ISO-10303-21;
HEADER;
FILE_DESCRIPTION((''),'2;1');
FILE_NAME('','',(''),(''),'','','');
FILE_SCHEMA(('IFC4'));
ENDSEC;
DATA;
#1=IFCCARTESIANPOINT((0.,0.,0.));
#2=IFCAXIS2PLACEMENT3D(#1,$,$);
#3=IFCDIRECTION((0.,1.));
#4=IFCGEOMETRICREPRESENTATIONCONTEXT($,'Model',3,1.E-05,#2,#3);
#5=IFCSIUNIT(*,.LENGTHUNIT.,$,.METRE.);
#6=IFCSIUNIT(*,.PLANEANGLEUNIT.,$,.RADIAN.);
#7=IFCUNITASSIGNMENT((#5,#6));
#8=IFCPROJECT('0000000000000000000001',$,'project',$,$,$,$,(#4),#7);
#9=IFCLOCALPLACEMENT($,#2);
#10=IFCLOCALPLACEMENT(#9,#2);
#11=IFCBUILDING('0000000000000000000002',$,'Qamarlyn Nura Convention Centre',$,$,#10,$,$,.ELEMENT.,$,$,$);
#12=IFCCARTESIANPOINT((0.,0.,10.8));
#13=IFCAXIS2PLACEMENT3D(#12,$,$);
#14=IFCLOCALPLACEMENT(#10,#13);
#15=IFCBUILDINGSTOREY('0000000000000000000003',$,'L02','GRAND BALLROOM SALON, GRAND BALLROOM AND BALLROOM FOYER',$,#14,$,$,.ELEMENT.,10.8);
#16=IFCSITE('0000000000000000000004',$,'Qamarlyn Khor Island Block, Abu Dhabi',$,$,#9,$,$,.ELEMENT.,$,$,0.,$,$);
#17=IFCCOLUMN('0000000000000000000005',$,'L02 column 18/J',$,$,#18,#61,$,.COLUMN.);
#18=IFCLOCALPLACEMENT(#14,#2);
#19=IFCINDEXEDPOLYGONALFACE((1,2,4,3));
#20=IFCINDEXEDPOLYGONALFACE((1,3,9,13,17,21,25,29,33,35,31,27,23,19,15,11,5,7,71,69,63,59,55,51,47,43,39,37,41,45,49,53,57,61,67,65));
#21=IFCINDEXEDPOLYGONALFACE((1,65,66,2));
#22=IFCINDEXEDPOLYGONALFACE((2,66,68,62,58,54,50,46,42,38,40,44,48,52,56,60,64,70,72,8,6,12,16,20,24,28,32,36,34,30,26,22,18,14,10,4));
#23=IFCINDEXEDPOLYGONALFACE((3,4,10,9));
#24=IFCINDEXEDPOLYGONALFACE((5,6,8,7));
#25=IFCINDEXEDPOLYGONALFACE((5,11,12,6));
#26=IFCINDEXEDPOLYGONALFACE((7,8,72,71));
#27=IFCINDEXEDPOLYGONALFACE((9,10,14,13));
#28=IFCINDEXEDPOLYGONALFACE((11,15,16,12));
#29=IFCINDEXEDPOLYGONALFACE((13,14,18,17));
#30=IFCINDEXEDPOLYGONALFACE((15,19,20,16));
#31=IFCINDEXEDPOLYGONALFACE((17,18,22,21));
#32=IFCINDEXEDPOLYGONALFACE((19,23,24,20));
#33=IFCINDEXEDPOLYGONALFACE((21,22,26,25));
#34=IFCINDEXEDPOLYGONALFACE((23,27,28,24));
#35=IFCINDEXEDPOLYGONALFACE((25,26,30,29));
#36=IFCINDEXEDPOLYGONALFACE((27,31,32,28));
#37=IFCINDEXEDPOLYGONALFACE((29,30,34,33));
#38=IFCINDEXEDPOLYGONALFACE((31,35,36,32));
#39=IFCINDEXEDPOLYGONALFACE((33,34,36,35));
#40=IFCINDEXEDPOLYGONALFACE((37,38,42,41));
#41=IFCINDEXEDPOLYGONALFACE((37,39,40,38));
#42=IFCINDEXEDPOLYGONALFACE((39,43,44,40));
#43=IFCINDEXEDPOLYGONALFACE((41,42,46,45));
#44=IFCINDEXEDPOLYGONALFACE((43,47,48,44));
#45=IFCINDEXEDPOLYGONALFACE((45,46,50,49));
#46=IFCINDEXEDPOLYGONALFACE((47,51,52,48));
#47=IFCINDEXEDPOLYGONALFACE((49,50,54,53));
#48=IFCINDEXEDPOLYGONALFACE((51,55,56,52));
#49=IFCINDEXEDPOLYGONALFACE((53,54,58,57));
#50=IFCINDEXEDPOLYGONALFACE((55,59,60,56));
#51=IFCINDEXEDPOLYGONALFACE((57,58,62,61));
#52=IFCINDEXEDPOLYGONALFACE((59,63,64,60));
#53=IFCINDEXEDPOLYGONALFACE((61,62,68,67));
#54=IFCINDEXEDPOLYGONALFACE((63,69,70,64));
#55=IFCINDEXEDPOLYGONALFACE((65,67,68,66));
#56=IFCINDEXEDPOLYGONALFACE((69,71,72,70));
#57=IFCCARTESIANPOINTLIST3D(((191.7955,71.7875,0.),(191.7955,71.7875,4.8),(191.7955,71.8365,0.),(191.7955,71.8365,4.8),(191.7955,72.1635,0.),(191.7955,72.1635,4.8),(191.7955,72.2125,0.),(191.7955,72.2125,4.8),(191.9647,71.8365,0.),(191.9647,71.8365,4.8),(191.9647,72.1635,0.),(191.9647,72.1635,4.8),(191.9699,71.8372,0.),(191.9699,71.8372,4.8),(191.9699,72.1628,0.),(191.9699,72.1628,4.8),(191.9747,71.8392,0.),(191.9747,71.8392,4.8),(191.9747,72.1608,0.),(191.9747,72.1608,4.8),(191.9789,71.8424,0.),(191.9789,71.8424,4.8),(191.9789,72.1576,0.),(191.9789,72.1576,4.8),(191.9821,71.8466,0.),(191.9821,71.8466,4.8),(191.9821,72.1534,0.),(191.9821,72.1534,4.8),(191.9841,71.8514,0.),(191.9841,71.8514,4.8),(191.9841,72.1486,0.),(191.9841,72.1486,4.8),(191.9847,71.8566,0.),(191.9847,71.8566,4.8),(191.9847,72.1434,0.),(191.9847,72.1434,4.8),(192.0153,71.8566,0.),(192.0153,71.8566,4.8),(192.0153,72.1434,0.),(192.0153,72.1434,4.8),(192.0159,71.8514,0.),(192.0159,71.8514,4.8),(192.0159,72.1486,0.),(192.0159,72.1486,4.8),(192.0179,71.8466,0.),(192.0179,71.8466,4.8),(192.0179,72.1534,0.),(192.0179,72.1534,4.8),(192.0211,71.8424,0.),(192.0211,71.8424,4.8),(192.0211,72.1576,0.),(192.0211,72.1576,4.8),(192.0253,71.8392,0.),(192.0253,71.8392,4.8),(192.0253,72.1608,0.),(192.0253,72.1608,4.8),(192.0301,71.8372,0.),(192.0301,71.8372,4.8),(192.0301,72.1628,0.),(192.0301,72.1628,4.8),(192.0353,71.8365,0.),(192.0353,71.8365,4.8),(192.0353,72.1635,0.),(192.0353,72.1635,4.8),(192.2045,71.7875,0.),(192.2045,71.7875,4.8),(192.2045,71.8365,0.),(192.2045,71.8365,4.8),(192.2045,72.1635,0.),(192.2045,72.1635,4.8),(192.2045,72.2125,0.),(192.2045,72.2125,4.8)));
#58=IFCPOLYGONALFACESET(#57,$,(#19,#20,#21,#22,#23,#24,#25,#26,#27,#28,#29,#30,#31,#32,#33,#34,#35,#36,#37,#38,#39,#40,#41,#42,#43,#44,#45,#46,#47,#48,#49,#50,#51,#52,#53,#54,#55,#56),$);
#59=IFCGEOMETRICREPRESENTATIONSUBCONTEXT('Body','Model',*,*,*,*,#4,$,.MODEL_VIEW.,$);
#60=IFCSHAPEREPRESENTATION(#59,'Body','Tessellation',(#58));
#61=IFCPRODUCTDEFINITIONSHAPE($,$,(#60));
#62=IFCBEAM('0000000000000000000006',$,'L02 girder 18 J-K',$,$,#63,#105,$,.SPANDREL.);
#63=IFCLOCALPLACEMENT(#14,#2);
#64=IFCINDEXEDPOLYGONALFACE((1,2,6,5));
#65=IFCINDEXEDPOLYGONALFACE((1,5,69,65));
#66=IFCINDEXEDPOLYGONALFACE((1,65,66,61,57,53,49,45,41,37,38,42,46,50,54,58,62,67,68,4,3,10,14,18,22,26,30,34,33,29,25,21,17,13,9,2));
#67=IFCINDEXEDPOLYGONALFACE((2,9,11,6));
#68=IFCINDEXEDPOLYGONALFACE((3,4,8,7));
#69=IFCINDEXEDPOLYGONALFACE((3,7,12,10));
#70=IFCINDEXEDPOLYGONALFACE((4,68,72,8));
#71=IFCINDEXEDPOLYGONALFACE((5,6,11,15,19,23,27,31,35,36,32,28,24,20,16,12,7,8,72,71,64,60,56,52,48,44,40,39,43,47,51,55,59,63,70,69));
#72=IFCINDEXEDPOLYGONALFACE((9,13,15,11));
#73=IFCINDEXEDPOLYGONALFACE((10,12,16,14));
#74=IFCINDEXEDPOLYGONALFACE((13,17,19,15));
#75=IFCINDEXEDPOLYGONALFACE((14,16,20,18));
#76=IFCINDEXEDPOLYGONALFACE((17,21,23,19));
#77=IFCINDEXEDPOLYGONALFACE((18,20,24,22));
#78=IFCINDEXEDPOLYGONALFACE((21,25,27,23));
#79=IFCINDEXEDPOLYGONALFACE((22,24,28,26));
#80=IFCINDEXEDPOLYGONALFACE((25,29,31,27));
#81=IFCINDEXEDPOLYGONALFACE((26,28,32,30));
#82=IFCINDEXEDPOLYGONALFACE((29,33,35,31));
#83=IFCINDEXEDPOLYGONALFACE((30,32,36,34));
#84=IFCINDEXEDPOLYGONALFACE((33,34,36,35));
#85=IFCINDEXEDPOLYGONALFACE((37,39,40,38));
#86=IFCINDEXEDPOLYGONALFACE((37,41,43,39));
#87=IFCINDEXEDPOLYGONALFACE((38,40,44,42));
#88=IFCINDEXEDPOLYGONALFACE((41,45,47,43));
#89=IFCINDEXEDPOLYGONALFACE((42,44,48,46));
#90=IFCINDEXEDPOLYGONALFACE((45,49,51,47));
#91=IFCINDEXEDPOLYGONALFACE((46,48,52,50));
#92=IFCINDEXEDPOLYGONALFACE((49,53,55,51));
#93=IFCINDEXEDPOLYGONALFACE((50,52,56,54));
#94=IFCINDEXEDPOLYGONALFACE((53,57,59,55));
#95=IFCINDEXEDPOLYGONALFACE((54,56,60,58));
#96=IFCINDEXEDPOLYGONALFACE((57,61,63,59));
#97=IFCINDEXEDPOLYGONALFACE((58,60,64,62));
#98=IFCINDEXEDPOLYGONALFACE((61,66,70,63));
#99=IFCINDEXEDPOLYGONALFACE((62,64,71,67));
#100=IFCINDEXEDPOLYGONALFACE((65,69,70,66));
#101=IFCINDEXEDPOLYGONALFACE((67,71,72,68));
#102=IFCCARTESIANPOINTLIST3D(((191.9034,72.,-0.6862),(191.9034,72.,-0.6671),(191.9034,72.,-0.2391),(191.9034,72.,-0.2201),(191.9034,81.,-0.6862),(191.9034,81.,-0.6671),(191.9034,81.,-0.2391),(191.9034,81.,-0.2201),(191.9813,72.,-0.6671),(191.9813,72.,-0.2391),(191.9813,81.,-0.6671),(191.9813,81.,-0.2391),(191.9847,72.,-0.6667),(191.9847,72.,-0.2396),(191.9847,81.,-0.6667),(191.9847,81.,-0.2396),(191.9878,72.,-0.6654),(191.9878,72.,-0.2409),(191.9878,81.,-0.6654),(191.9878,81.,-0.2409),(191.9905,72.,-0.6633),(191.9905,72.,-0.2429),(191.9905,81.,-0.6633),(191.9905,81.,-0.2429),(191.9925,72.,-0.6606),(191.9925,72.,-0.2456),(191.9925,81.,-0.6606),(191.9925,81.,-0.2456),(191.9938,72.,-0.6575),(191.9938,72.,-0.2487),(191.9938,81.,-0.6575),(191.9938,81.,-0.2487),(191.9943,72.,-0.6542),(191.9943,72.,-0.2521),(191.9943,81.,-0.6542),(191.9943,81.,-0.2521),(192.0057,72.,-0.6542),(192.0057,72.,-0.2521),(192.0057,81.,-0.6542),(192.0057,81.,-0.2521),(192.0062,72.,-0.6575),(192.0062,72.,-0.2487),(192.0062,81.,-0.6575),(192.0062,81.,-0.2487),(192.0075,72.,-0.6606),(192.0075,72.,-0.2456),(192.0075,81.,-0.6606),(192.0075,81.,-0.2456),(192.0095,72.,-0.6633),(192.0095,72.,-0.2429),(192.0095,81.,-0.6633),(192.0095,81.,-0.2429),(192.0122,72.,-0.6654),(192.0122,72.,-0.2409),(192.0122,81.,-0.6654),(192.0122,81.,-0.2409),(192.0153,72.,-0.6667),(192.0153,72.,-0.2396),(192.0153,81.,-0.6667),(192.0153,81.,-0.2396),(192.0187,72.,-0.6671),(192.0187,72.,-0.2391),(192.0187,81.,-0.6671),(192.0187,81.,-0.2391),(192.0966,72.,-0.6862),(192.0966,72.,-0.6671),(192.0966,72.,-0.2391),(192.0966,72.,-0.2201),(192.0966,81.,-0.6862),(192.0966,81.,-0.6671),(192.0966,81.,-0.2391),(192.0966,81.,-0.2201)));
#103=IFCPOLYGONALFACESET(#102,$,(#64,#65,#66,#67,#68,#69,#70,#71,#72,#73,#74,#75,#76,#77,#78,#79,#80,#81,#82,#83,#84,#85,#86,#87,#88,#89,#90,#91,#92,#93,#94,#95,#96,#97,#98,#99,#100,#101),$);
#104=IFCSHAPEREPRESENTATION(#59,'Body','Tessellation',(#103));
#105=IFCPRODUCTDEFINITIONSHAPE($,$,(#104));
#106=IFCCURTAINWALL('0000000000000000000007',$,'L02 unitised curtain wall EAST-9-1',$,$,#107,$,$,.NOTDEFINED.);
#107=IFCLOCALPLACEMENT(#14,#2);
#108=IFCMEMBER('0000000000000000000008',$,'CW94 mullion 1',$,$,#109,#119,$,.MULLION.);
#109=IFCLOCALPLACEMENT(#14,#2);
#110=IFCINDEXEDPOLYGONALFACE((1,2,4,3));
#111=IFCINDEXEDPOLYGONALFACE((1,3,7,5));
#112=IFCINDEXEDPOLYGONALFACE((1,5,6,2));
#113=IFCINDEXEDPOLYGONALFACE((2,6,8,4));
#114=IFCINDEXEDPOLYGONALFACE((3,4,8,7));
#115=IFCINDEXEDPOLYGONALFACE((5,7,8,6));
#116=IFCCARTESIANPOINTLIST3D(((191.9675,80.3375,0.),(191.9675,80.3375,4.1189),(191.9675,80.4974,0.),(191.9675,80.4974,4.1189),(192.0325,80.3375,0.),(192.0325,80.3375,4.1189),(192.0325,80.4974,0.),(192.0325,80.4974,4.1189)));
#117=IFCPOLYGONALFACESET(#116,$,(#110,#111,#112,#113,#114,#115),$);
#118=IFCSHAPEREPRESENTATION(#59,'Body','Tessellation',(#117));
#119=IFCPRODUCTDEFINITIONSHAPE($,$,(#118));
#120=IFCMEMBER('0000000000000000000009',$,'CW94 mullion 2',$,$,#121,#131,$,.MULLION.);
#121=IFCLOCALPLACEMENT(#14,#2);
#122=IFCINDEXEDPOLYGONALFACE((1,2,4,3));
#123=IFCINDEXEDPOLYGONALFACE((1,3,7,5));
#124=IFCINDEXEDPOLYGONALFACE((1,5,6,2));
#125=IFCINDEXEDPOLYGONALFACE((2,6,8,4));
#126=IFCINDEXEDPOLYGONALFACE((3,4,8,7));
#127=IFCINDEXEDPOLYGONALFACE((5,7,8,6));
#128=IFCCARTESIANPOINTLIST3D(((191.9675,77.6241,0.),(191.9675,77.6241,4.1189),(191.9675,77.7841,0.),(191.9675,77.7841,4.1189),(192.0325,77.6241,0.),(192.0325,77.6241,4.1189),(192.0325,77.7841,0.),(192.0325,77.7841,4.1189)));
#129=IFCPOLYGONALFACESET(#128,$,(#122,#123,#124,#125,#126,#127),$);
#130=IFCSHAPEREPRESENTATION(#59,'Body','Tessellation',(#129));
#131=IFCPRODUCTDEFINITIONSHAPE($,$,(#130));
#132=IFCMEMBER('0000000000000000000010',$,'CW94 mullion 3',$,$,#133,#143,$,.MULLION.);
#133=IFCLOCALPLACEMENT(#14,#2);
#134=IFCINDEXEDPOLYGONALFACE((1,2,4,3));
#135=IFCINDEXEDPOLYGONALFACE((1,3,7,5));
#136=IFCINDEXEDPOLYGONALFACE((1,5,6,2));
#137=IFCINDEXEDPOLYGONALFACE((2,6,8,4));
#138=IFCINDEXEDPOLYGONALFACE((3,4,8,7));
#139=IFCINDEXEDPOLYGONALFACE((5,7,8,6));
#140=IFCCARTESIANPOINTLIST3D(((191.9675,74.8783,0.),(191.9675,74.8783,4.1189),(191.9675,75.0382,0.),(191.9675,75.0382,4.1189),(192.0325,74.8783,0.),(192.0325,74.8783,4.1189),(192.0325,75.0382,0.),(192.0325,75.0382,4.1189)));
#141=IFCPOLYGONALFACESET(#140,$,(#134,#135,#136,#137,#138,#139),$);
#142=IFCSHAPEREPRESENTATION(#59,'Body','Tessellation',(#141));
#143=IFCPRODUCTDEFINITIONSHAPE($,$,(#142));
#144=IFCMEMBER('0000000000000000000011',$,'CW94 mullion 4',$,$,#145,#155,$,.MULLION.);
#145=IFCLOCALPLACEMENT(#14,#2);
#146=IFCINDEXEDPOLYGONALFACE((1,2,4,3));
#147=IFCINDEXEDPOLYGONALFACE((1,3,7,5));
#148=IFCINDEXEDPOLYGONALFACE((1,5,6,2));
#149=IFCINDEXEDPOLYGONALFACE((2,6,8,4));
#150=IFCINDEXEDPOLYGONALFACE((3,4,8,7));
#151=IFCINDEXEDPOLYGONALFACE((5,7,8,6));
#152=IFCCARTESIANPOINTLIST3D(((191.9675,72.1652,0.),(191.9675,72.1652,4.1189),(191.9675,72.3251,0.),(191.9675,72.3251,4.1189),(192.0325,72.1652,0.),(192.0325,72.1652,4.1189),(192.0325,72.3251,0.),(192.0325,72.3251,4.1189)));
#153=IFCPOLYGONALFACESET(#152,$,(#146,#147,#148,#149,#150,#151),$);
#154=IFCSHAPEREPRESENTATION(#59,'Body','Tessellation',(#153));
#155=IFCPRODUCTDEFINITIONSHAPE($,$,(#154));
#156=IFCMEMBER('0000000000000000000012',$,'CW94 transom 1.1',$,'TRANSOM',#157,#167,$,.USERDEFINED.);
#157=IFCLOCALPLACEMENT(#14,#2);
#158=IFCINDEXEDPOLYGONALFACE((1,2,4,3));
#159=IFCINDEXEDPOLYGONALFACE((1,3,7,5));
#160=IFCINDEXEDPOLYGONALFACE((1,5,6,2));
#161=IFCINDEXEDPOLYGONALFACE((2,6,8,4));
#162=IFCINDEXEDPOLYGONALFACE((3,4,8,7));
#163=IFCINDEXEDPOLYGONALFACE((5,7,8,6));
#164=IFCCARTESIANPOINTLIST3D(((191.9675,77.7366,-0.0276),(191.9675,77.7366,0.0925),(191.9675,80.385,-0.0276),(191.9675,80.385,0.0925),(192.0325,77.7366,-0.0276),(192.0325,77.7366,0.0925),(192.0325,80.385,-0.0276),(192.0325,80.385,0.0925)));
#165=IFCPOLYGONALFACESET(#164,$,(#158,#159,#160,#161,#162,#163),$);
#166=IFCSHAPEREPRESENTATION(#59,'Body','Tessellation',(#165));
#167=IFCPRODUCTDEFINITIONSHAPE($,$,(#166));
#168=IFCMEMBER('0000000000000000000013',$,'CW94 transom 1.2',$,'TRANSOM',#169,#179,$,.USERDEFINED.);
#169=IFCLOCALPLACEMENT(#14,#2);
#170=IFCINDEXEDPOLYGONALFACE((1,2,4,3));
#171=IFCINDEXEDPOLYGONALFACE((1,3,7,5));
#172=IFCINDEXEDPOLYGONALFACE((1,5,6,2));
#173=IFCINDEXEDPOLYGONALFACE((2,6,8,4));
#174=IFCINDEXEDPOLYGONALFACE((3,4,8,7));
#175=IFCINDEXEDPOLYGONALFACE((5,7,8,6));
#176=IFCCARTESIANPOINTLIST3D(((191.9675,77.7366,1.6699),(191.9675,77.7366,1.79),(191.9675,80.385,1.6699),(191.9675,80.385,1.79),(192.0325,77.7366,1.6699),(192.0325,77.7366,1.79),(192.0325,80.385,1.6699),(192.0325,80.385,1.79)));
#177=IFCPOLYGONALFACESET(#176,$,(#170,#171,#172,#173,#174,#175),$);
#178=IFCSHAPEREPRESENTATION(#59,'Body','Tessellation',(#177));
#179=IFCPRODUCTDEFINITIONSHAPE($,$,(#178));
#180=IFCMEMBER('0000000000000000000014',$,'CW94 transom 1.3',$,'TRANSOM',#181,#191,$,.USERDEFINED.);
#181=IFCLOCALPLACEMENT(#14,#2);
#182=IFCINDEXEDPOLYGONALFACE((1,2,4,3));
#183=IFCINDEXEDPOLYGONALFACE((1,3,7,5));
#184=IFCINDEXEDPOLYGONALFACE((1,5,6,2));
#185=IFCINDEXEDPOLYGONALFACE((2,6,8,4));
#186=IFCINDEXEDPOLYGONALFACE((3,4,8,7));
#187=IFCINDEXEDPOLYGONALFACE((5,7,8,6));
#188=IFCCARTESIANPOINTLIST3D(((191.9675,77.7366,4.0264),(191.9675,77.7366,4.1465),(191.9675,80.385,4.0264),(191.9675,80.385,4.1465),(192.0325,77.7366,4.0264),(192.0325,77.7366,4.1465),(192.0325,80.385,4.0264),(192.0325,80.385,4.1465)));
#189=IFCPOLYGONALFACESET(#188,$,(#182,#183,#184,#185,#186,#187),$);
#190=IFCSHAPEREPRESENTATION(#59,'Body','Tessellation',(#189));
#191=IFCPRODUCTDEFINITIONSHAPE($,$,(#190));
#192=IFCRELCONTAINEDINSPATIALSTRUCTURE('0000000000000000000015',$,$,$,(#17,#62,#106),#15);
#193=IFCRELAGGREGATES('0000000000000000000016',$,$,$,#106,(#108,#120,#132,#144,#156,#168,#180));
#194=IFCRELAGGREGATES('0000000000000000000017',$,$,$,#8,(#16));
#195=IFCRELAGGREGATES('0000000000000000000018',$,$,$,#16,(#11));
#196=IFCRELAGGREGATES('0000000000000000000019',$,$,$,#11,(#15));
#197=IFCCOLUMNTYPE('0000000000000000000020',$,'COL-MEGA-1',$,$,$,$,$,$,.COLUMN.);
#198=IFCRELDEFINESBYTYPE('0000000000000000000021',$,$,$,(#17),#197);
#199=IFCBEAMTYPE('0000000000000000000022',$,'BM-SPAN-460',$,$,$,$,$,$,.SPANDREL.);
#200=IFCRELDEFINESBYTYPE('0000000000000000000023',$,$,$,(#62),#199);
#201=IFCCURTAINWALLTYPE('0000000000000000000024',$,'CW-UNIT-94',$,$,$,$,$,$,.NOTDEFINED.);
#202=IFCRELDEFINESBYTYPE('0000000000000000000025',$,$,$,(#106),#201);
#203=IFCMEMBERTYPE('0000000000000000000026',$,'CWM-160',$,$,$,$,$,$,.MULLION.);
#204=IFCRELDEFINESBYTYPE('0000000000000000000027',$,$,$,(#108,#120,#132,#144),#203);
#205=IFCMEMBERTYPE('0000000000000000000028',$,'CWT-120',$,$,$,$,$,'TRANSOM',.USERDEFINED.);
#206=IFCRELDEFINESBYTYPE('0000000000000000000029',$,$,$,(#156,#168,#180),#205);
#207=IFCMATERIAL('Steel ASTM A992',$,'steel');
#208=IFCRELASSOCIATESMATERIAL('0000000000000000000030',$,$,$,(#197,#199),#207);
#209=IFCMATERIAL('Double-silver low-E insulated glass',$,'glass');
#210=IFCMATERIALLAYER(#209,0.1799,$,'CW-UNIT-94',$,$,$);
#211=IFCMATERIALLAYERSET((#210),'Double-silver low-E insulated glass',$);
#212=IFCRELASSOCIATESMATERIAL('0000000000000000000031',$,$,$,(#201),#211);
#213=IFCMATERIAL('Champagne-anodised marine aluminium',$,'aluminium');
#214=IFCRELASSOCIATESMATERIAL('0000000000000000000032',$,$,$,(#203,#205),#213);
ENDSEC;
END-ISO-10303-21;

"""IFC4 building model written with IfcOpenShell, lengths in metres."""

from ifc_helpers import new_model, si_unit, direction, frame, origin, origin_2d, place, context, subcontext, project, spatial, rectangle, i_section, extrude, material, layer, layer_set, material_profile, profile_set, type_object, element, aggregate, save


model = new_model("IFC4")

# Units and contexts
model_context = context("Model", 3, precision=1e-05, world=origin(), true_north=direction((0.0, 1.0)))
body_context = subcontext(model_context, "Body", "Model", "MODEL_VIEW")
ifc_project = project(units=[si_unit("LENGTHUNIT", "METRE"), si_unit("PLANEANGLEUNIT", "RADIAN")], contexts=[model_context])

# Site, building, storey
site_placement = place(None, origin())
site = spatial("IfcSite", under=ifc_project, at=site_placement, Name="Qamarlyn Khor Island Block, Abu Dhabi", CompositionType="ELEMENT", RefElevation=0.0)
building_placement = place(site_placement, origin())
building = spatial("IfcBuilding", under=site, at=building_placement, Name="Qamarlyn Nura Convention Centre", CompositionType="ELEMENT")
storey_placement = place(building_placement, frame((0.0, 0.0, 10.8)))
storey = spatial("IfcBuildingStorey", under=building, at=storey_placement, Name="L02", Description="GRAND BALLROOM SALON, GRAND BALLROOM AND BALLROOM FOYER", CompositionType="ELEMENT", Elevation=10.8)

# Column
ifc_material_1 = material(Name="Steel ASTM A992", Category="steel")
ifc_material_profile_1 = material_profile(ifc_material_1, i_section(OverallWidth=0.4089, OverallDepth=0.425, WebThickness=0.0305, FlangeThickness=0.0491, FilletRadius=0.02, at=origin_2d()), Name="W360X421")
ifc_profile_set_1 = profile_set([ifc_material_profile_1], Name="Steel ASTM A992")
column_type = type_object("IfcColumnType", Name="COL-MEGA-1", PredefinedType="COLUMN", material=ifc_profile_set_1)
column_placement = place(storey_placement, frame((192.0, 72.0, 0.0), z_axis=(0.0, 0.0, 1.0), x_axis=(1.0, 0.0, 0.0)))
element("IfcColumn", 1, at=column_placement, inside=storey, type_object=column_type, Name="L02 column 18/J", PredefinedType="COLUMN", context=body_context, shape_type="SweptSolid", body=[
    extrude(i_section(OverallWidth=0.4089, OverallDepth=0.425, WebThickness=0.0305, FlangeThickness=0.0491, FilletRadius=0.02, at=origin_2d()), origin(), (0.0, 0.0, 1.0), 4.8),
])

# Beam
ifc_material_profile_2 = material_profile(ifc_material_1, i_section(OverallWidth=0.1931, OverallDepth=0.4661, WebThickness=0.0115, FlangeThickness=0.019, FilletRadius=0.0129, at=origin_2d()), Name="W460X97")
ifc_profile_set_2 = profile_set([ifc_material_profile_2], Name="Steel ASTM A992")
beam_type = type_object("IfcBeamType", Name="BM-SPAN-460", PredefinedType="SPANDREL", material=ifc_profile_set_2)
beam_placement = place(storey_placement, frame((192.0, 72.0, -0.4531), z_axis=(0.0, 1.0, 0.0), x_axis=(-1.0, 0.0, 0.0)))
element("IfcBeam", 2, at=beam_placement, inside=storey, type_object=beam_type, Name="L02 girder 18 J-K", PredefinedType="SPANDREL", context=body_context, shape_type="SweptSolid", body=[
    extrude(i_section(OverallWidth=0.1931, OverallDepth=0.4661, WebThickness=0.0115, FlangeThickness=0.019, FilletRadius=0.0129, at=origin_2d()), origin(), (0.0, 0.0, 1.0), 9.0),
])

# Curtain wall, members
ifc_material_2 = material(Name="Double-silver low-E insulated glass", Category="glass")
ifc_layer_1 = layer(ifc_material_2, 0.1799, Name="CW-UNIT-94")
ifc_layer_set_1 = layer_set([ifc_layer_1], Name="Double-silver low-E insulated glass")
curtain_wall_type = type_object("IfcCurtainWallType", Name="CW-UNIT-94", PredefinedType="NOTDEFINED", material=ifc_layer_set_1)
curtain_wall_placement = place(storey_placement, origin())
curtain_wall = element("IfcCurtainWall", 3, at=curtain_wall_placement, inside=storey, type_object=curtain_wall_type, Name="L02 unitised curtain wall EAST-9-1", PredefinedType="NOTDEFINED")
ifc_material_3 = material(Name="Champagne-anodised marine aluminium", Category="aluminium")
ifc_material_profile_3 = material_profile(ifc_material_3, rectangle(XDim=0.0649, YDim=0.1599, at=origin_2d()), Name="ALU MULLION 65x160")
ifc_profile_set_3 = profile_set([ifc_material_profile_3], Name="Champagne-anodised marine aluminium")
member_type_1 = type_object("IfcMemberType", Name="CWM-160", PredefinedType="MULLION", material=ifc_profile_set_3)
member_1_placement = place(storey_placement, frame((192.0, 80.4175, 0.0), z_axis=(0.0, 0.0, 1.0), x_axis=(1.0, 0.0, 0.0)))
member_1 = element("IfcMember", 4, at=member_1_placement, type_object=member_type_1, Name="CW94 mullion 1", PredefinedType="MULLION", context=body_context, shape_type="SweptSolid", body=[
    extrude(rectangle(XDim=0.0649, YDim=0.1599, at=origin_2d()), origin(), (0.0, 0.0, 1.0), 4.1189),
])
member_2_placement = place(storey_placement, frame((192.0, 77.7041, 0.0), z_axis=(0.0, 0.0, 1.0), x_axis=(1.0, 0.0, 0.0)))
member_2 = element("IfcMember", 5, at=member_2_placement, type_object=member_type_1, Name="CW94 mullion 2", PredefinedType="MULLION", context=body_context, shape_type="SweptSolid", body=[
    extrude(rectangle(XDim=0.0649, YDim=0.1599, at=origin_2d()), origin(), (0.0, 0.0, 1.0), 4.1189),
])
member_3_placement = place(storey_placement, frame((192.0, 74.9583, 0.0), z_axis=(0.0, 0.0, 1.0), x_axis=(1.0, 0.0, 0.0)))
member_3 = element("IfcMember", 6, at=member_3_placement, type_object=member_type_1, Name="CW94 mullion 3", PredefinedType="MULLION", context=body_context, shape_type="SweptSolid", body=[
    extrude(rectangle(XDim=0.0649, YDim=0.1599, at=origin_2d()), origin(), (0.0, 0.0, 1.0), 4.1189),
])
member_4_placement = place(storey_placement, frame((192.0, 72.2451, 0.0), z_axis=(0.0, 0.0, 1.0), x_axis=(1.0, 0.0, 0.0)))
member_4 = element("IfcMember", 7, at=member_4_placement, type_object=member_type_1, Name="CW94 mullion 4", PredefinedType="MULLION", context=body_context, shape_type="SweptSolid", body=[
    extrude(rectangle(XDim=0.0649, YDim=0.1599, at=origin_2d()), origin(), (0.0, 0.0, 1.0), 4.1189),
])
ifc_material_profile_4 = material_profile(ifc_material_3, rectangle(XDim=0.0649, YDim=0.1201, at=origin_2d()), Name="ALU TRANSOM 65x120")
ifc_profile_set_4 = profile_set([ifc_material_profile_4], Name="Champagne-anodised marine aluminium")
member_type_2 = type_object("IfcMemberType", Name="CWT-120", ElementType="TRANSOM", PredefinedType="USERDEFINED", material=ifc_profile_set_4)
member_5_placement = place(storey_placement, frame((192.0, 80.385, 0.0325), z_axis=(0.0, -1.0, 0.0), x_axis=(1.0, 0.0, 0.0)))
member_5 = element("IfcMember", 8, at=member_5_placement, type_object=member_type_2, Name="CW94 transom 1.1", ObjectType="TRANSOM", PredefinedType="USERDEFINED", context=body_context, shape_type="SweptSolid", body=[
    extrude(rectangle(XDim=0.0649, YDim=0.1201, at=origin_2d()), origin(), (0.0, 0.0, 1.0), 2.6484),
])
member_6_placement = place(storey_placement, frame((192.0, 80.385, 1.73), z_axis=(0.0, -1.0, 0.0), x_axis=(1.0, 0.0, 0.0)))
member_6 = element("IfcMember", 9, at=member_6_placement, type_object=member_type_2, Name="CW94 transom 1.2", ObjectType="TRANSOM", PredefinedType="USERDEFINED", context=body_context, shape_type="SweptSolid", body=[
    extrude(rectangle(XDim=0.0649, YDim=0.1201, at=origin_2d()), origin(), (0.0, 0.0, 1.0), 2.6484),
])
member_7_placement = place(storey_placement, frame((192.0, 80.385, 4.0864), z_axis=(0.0, -1.0, 0.0), x_axis=(1.0, 0.0, 0.0)))
member_7 = element("IfcMember", 10, at=member_7_placement, type_object=member_type_2, Name="CW94 transom 1.3", ObjectType="TRANSOM", PredefinedType="USERDEFINED", context=body_context, shape_type="SweptSolid", body=[
    extrude(rectangle(XDim=0.0649, YDim=0.1201, at=origin_2d()), origin(), (0.0, 0.0, 1.0), 2.6484),
])
aggregate(curtain_wall, [member_1, member_2, member_3, member_4, member_5, member_6, member_7])

save(model, "model.ifc")
